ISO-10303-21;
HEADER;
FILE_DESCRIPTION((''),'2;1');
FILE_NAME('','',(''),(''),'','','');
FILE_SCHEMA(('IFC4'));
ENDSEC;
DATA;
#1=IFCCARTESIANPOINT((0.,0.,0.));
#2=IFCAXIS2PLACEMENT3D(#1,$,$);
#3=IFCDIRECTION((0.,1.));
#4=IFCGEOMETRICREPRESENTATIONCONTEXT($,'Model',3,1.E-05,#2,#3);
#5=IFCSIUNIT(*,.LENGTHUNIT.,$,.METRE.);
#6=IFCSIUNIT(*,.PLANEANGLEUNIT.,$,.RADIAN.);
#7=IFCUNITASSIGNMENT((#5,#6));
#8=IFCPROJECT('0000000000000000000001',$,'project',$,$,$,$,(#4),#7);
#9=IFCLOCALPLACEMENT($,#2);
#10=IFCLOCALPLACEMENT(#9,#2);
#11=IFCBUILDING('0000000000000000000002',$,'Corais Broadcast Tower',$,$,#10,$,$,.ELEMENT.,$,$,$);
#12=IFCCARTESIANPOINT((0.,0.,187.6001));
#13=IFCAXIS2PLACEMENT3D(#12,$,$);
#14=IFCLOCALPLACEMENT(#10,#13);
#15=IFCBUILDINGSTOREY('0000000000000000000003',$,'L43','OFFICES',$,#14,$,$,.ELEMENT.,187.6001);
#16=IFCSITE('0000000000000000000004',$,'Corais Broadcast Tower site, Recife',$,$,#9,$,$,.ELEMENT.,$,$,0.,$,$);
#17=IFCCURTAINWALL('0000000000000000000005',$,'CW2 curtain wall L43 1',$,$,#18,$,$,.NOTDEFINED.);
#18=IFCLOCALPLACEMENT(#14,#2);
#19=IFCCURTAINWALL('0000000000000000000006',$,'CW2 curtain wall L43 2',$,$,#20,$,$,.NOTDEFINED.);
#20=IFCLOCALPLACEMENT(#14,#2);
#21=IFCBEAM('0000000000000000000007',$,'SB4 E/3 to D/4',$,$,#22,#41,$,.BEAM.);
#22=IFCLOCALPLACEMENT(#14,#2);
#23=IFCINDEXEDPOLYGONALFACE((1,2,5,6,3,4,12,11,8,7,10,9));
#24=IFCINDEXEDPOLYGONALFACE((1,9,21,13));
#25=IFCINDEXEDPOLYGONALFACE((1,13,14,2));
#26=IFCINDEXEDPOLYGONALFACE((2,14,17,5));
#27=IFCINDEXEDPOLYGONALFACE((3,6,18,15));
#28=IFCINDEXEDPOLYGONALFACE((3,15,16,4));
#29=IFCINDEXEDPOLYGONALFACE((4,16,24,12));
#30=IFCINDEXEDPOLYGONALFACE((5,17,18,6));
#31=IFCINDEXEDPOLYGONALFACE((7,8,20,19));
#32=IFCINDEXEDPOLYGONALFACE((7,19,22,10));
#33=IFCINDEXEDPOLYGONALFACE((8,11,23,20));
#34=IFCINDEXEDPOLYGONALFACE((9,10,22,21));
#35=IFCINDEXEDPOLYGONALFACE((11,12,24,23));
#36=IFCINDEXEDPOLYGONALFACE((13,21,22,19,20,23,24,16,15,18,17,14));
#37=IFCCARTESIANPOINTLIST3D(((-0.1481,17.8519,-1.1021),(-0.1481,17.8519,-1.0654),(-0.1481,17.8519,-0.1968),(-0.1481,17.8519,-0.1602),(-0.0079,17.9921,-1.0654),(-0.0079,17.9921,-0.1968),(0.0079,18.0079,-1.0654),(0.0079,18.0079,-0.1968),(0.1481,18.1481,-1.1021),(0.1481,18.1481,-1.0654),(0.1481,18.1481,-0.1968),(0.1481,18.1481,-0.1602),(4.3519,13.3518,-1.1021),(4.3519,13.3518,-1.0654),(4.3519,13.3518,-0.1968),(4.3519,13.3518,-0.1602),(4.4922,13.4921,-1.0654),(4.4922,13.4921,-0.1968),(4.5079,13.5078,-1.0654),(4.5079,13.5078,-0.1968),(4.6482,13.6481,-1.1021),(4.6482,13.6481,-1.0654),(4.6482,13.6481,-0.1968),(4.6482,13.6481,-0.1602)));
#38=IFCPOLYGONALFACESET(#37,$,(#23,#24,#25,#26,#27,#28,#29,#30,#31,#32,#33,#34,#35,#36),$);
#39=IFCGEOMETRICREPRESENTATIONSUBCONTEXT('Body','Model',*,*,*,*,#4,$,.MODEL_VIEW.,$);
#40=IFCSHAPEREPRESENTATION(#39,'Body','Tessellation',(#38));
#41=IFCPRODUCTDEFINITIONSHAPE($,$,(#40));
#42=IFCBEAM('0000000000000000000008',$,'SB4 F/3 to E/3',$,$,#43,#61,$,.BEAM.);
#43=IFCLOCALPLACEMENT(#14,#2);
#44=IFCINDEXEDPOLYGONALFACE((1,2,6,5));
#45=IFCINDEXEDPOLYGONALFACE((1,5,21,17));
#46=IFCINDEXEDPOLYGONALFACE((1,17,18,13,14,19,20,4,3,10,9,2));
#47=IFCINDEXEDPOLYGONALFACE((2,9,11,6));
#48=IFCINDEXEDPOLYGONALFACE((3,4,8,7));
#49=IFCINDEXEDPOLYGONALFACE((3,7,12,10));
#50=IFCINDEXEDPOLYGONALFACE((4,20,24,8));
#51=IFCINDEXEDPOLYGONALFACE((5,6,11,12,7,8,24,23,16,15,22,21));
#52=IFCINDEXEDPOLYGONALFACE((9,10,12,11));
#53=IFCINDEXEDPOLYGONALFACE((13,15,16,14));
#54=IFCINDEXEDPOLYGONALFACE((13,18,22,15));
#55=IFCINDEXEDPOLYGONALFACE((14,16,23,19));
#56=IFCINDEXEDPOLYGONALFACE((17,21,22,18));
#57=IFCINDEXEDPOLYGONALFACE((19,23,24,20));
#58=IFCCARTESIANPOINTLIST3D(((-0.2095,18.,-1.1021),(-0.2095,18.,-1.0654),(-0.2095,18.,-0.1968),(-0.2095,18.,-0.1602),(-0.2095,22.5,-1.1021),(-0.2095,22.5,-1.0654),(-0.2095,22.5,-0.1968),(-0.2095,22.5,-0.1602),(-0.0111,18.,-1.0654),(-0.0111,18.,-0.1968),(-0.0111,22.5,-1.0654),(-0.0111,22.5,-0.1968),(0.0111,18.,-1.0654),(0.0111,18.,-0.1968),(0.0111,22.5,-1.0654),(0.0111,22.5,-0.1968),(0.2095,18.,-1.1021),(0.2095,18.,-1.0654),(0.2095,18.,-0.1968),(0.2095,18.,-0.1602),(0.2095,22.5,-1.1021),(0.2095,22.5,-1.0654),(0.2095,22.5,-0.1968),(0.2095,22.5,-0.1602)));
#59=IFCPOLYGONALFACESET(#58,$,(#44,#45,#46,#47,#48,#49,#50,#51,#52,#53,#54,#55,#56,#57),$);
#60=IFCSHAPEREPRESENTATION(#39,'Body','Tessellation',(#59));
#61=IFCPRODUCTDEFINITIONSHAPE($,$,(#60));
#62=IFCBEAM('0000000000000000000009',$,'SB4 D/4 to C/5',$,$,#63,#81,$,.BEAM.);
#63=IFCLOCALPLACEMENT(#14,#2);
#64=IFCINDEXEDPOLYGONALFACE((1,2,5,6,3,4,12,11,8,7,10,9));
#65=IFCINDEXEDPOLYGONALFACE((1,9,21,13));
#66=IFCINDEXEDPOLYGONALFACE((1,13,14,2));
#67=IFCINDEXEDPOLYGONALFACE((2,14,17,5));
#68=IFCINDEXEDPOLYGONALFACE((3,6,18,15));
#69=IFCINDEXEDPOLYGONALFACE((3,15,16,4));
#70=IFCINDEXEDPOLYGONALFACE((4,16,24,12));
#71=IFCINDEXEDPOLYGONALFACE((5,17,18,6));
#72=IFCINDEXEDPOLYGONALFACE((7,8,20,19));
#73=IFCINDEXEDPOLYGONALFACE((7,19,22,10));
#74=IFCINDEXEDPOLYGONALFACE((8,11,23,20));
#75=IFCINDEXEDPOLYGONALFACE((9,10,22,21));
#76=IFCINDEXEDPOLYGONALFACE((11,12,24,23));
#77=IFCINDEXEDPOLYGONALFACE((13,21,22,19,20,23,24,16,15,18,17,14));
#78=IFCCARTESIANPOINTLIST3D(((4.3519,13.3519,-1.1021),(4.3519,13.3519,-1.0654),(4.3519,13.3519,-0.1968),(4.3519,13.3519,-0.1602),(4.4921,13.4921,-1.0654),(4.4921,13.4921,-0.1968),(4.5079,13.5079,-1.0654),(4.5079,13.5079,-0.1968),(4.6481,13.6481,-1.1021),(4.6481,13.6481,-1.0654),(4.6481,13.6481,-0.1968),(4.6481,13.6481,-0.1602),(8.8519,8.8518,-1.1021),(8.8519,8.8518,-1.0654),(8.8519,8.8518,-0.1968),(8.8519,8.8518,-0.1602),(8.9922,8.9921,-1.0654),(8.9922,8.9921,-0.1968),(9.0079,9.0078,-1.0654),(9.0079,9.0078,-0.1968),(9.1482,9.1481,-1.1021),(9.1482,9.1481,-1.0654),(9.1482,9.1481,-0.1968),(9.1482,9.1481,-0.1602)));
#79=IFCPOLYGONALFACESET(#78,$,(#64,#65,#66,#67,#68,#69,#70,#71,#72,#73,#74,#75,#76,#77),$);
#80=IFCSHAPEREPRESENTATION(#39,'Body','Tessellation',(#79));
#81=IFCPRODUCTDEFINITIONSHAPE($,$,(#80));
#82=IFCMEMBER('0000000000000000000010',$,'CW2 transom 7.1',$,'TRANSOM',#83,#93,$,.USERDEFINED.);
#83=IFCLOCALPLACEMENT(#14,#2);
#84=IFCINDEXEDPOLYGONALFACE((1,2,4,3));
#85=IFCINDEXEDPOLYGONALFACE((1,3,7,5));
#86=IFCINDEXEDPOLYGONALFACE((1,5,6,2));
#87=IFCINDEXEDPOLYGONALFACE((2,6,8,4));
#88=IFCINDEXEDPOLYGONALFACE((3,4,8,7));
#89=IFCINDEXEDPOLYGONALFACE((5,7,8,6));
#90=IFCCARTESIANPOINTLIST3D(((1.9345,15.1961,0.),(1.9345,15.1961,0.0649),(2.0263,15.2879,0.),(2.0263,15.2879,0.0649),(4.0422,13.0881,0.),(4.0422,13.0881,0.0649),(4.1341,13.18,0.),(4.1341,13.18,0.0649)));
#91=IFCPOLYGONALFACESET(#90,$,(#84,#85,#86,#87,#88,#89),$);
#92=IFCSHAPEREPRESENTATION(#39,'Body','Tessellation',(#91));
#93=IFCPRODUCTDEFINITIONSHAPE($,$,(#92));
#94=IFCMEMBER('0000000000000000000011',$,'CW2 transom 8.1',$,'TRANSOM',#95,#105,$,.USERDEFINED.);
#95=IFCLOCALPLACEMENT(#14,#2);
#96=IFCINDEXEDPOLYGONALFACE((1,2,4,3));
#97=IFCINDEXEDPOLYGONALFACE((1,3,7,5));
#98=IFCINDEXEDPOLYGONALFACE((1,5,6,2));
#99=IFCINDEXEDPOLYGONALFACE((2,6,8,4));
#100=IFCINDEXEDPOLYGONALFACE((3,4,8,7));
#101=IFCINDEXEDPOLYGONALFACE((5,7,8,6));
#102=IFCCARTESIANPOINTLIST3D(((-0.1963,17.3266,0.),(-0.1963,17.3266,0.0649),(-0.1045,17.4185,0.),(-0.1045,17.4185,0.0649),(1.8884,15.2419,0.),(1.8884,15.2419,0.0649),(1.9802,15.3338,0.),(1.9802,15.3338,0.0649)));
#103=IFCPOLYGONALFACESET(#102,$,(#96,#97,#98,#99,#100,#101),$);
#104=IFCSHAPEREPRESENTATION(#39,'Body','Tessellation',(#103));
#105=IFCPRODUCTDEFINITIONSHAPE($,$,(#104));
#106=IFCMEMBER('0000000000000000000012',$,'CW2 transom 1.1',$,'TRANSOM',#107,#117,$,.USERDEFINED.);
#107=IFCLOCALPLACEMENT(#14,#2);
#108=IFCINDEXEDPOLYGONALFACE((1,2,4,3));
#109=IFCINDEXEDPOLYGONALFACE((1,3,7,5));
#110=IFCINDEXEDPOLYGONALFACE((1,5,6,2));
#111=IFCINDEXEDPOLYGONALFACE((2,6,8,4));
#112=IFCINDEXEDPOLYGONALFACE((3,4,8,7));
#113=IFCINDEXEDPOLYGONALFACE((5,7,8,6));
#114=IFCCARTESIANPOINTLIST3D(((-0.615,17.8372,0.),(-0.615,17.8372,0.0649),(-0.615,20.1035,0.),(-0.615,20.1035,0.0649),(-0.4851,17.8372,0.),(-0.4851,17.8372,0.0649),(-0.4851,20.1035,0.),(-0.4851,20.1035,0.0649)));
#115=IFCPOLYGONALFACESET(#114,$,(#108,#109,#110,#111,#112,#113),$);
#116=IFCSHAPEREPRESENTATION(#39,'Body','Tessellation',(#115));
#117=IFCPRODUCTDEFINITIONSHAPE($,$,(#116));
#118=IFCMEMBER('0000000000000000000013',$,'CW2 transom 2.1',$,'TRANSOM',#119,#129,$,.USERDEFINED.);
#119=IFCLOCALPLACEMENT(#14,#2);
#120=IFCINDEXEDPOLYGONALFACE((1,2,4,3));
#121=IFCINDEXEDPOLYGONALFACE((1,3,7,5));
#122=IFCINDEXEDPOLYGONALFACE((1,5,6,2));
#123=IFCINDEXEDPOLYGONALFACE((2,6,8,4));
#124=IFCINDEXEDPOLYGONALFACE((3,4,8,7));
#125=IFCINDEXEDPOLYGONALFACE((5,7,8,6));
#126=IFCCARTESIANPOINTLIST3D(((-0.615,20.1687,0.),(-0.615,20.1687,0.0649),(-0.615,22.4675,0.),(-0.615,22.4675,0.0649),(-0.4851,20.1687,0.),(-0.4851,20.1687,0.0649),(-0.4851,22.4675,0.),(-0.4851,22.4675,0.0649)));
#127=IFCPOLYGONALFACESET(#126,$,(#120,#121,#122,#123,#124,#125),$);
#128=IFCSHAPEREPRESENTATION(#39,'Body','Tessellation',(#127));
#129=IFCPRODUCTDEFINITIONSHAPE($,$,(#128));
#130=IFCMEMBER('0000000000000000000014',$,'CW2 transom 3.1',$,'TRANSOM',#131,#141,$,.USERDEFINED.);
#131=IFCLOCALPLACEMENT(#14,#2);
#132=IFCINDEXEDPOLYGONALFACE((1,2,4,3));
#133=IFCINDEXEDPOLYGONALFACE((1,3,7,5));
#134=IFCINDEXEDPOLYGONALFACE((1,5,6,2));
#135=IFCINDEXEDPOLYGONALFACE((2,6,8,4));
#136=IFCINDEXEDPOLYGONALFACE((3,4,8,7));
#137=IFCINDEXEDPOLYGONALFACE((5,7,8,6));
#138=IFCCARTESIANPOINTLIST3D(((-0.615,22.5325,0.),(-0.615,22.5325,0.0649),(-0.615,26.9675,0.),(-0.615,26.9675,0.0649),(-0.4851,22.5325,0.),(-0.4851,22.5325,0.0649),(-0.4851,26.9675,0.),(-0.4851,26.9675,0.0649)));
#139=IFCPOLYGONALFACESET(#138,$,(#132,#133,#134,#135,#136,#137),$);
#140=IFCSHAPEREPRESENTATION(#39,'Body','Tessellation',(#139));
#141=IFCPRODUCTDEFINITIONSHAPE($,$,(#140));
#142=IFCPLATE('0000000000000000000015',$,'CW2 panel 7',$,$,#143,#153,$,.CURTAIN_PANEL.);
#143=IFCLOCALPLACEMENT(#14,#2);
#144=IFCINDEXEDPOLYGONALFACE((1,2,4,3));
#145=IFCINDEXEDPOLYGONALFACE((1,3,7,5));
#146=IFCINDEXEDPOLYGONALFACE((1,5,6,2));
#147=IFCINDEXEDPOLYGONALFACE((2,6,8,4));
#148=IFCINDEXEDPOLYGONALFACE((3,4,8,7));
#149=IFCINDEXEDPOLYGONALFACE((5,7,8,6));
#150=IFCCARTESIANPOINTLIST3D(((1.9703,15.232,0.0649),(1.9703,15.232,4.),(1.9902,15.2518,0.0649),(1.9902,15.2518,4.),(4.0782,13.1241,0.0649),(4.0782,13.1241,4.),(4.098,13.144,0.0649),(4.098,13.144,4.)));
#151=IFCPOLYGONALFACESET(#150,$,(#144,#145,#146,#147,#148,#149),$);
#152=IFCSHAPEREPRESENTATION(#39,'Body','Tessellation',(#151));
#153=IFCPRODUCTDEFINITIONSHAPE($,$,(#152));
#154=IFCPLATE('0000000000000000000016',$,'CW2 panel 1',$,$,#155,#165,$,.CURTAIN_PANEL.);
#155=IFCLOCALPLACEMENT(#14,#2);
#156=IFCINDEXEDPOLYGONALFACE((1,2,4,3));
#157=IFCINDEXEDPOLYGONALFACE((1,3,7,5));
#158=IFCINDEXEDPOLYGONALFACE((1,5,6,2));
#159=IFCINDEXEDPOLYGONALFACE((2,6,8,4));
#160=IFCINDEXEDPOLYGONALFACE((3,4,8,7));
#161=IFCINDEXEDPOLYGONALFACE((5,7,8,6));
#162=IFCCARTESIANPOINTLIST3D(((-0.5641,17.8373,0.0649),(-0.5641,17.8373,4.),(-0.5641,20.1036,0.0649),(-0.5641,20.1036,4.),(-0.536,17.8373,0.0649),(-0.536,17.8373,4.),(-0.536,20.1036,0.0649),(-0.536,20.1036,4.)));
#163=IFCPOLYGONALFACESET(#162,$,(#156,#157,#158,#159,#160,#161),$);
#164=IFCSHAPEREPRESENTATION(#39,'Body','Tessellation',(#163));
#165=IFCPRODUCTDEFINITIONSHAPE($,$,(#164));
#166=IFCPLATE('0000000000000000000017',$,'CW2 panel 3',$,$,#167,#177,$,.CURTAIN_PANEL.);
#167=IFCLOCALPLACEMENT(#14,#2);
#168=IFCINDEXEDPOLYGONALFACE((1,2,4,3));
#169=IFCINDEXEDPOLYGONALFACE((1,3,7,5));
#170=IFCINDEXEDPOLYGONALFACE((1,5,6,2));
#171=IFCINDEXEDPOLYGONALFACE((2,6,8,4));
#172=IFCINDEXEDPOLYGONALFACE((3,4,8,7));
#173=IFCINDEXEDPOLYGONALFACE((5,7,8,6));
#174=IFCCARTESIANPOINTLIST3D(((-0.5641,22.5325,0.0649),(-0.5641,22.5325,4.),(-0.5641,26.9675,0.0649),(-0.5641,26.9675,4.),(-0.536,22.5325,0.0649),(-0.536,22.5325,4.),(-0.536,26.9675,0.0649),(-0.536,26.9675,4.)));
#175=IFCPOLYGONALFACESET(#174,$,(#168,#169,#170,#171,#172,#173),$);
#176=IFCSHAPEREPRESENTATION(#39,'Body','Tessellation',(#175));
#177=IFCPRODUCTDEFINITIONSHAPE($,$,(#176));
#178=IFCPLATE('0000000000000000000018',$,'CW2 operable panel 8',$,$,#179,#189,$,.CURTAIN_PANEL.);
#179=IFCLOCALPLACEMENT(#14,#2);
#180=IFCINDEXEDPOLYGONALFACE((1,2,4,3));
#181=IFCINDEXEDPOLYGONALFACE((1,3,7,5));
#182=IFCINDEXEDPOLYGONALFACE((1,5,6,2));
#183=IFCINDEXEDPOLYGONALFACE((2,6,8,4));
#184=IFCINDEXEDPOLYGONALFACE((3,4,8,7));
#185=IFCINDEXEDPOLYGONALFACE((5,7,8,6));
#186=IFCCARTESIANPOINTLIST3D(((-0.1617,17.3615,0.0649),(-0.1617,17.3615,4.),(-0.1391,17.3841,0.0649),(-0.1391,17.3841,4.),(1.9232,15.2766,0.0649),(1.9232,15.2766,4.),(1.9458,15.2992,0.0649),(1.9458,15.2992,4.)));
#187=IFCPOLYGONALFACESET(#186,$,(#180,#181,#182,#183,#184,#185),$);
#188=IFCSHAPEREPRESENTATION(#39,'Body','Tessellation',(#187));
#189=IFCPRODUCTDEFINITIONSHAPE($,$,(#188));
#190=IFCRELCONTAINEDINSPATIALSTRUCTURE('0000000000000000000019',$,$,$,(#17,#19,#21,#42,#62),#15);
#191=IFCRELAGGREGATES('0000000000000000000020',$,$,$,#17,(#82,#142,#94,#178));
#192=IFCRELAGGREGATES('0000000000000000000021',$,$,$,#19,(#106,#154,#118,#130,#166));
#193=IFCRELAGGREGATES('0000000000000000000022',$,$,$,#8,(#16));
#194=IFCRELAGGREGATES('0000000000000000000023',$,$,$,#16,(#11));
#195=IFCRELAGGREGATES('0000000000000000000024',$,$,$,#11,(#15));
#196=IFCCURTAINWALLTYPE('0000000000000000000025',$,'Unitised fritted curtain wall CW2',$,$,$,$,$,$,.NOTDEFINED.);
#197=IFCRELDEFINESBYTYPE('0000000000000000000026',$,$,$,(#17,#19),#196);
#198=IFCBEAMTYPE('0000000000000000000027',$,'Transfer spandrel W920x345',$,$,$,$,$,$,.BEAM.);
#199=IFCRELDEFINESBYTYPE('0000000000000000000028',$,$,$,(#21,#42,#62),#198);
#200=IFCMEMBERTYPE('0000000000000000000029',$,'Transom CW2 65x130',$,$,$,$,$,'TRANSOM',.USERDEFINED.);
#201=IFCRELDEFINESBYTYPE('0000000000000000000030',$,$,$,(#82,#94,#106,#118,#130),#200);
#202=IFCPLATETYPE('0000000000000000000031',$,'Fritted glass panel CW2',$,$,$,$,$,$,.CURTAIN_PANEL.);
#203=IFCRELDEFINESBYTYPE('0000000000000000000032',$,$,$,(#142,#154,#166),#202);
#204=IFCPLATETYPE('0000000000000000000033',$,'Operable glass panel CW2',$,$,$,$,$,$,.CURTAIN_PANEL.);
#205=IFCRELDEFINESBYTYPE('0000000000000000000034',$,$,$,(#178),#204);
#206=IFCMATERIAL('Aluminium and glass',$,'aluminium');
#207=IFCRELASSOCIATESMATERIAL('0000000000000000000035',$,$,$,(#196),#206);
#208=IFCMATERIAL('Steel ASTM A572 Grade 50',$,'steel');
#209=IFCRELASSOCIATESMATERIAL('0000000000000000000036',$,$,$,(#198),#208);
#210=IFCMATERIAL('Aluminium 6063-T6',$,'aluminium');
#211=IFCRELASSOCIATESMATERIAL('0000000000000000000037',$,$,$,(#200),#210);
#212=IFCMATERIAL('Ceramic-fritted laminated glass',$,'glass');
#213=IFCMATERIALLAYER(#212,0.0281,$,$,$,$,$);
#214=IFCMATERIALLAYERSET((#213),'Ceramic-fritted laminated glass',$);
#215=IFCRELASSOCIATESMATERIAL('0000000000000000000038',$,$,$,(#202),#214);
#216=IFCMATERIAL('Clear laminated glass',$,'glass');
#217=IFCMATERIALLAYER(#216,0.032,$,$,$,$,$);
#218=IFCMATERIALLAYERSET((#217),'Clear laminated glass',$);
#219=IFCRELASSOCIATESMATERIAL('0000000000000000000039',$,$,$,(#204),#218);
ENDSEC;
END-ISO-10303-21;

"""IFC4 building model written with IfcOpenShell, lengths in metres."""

from ifc_helpers import new_model, si_unit, direction, frame, origin, origin_2d, place, context, subcontext, project, spatial, rectangle, i_section, extrude, material, layer, layer_set, material_profile, profile_set, type_object, element, aggregate, save


model = new_model("IFC4")

# Units and contexts
model_context = context("Model", 3, precision=1e-05, world=origin(), true_north=direction((0.0, 1.0)))
body_context = subcontext(model_context, "Body", "Model", "MODEL_VIEW")
ifc_project = project(units=[si_unit("LENGTHUNIT", "METRE"), si_unit("PLANEANGLEUNIT", "RADIAN")], contexts=[model_context])

# Site, building, storey
site_placement = place(None, origin())
site = spatial("IfcSite", under=ifc_project, at=site_placement, Name="Corais Broadcast Tower site, Recife", CompositionType="ELEMENT", RefElevation=0.0)
building_placement = place(site_placement, origin())
building = spatial("IfcBuilding", under=site, at=building_placement, Name="Corais Broadcast Tower", CompositionType="ELEMENT")
storey_placement = place(building_placement, frame((0.0, 0.0, 187.6001)))
storey = spatial("IfcBuildingStorey", under=building, at=storey_placement, Name="L43", Description="OFFICES", CompositionType="ELEMENT", Elevation=187.6001)

# Curtain walls
ifc_material_1 = material(Name="Aluminium and glass", Category="aluminium")
curtain_wall_type = type_object("IfcCurtainWallType", Name="Unitised fritted curtain wall CW2", PredefinedType="NOTDEFINED", material=ifc_material_1)
curtain_wall_1_placement = place(storey_placement, origin())
curtain_wall_1 = element("IfcCurtainWall", 1, at=curtain_wall_1_placement, inside=storey, type_object=curtain_wall_type, Name="CW2 curtain wall L43 1", PredefinedType="NOTDEFINED")
curtain_wall_2_placement = place(storey_placement, origin())
curtain_wall_2 = element("IfcCurtainWall", 2, at=curtain_wall_2_placement, inside=storey, type_object=curtain_wall_type, Name="CW2 curtain wall L43 2", PredefinedType="NOTDEFINED")

# Beams
ifc_material_2 = material(Name="Steel ASTM A572 Grade 50", Category="steel")
ifc_material_profile_1 = material_profile(ifc_material_2, i_section(OverallWidth=0.4189, OverallDepth=0.9419, WebThickness=0.0222, FlangeThickness=0.0366, at=origin_2d()), Name="W920x345")
ifc_profile_set_1 = profile_set([ifc_material_profile_1], Name="Steel ASTM A572 Grade 50")
beam_type_1 = type_object("IfcBeamType", Name="Transfer spandrel W920x345", PredefinedType="BEAM", material=ifc_profile_set_1)
beam_1_placement = place(storey_placement, frame((0.0, 18.0, -0.6311), z_axis=(0.707107, -0.707107, 0.0), x_axis=(0.707107, 0.707107, 0.0)))
element("IfcBeam", 3, at=beam_1_placement, inside=storey, type_object=beam_type_1, Name="SB4 E/3 to D/4", PredefinedType="BEAM", context=body_context, shape_type="SweptSolid", body=[
    extrude(i_section(OverallWidth=0.4189, OverallDepth=0.9419, WebThickness=0.0222, FlangeThickness=0.0366, at=origin_2d()), origin(), (0.0, 0.0, 1.0), 6.364),
])
beam_2_placement = place(storey_placement, frame((0.0, 22.5, -0.6311), z_axis=(0.0, -1.0, 0.0), x_axis=(1.0, 0.0, 0.0)))
element("IfcBeam", 4, at=beam_2_placement, inside=storey, type_object=beam_type_1, Name="SB4 F/3 to E/3", PredefinedType="BEAM", context=body_context, shape_type="SweptSolid", body=[
    extrude(i_section(OverallWidth=0.4189, OverallDepth=0.9419, WebThickness=0.0222, FlangeThickness=0.0366, at=origin_2d()), origin(), (0.0, 0.0, 1.0), 4.5),
])
beam_3_placement = place(storey_placement, frame((4.5, 13.5, -0.6311), z_axis=(0.707107, -0.707107, 0.0), x_axis=(0.707107, 0.707107, 0.0)))
element("IfcBeam", 5, at=beam_3_placement, inside=storey, type_object=beam_type_1, Name="SB4 D/4 to C/5", PredefinedType="BEAM", context=body_context, shape_type="SweptSolid", body=[
    extrude(i_section(OverallWidth=0.4189, OverallDepth=0.9419, WebThickness=0.0222, FlangeThickness=0.0366, at=origin_2d()), origin(), (0.0, 0.0, 1.0), 6.364),
])

# Members
ifc_material_3 = material(Name="Aluminium 6063-T6", Category="aluminium")
ifc_material_profile_2 = material_profile(ifc_material_3, rectangle(XDim=0.1299, YDim=0.0649, at=origin_2d()), Name="Transom CW2 65x130")
ifc_profile_set_2 = profile_set([ifc_material_profile_2], Name="Aluminium 6063-T6")
member_type_1 = type_object("IfcMemberType", Name="Transom CW2 65x130", ElementType="TRANSOM", PredefinedType="USERDEFINED", material=ifc_profile_set_2)
member_1_placement = place(storey_placement, frame((4.0881, 13.134, 0.0325), z_axis=(-0.707066, 0.707148, 0.0), x_axis=(-0.707148, -0.707066, 0.0)))
member_1 = element("IfcMember", 6, at=member_1_placement, type_object=member_type_1, Name="CW2 transom 7.1", ObjectType="TRANSOM", PredefinedType="USERDEFINED", context=body_context, shape_type="SweptSolid", body=[
    extrude(rectangle(XDim=0.1299, YDim=0.0649, at=origin_2d()), origin(), (0.0, 0.0, 1.0), 2.981),
])
member_2_placement = place(storey_placement, frame((1.9343, 15.2878, 0.0325), z_axis=(-0.707107, 0.707107, 0.0), x_axis=(-0.707107, -0.707107, 0.0)))
member_2 = element("IfcMember", 7, at=member_2_placement, type_object=member_type_1, Name="CW2 transom 8.1", ObjectType="TRANSOM", PredefinedType="USERDEFINED", context=body_context, shape_type="SweptSolid", body=[
    extrude(rectangle(XDim=0.1299, YDim=0.0649, at=origin_2d()), origin(), (0.0, 0.0, 1.0), 2.9482),
])
member_3_placement = place(storey_placement, frame((-0.55, 17.8372, 0.0325), z_axis=(0.0, 1.0, 0.0), x_axis=(-1.0, 0.0, 0.0)))
member_3 = element("IfcMember", 8, at=member_3_placement, type_object=member_type_1, Name="CW2 transom 1.1", ObjectType="TRANSOM", PredefinedType="USERDEFINED", context=body_context, shape_type="SweptSolid", body=[
    extrude(rectangle(XDim=0.1299, YDim=0.0649, at=origin_2d()), origin(), (0.0, 0.0, 1.0), 2.2664),
])
member_4_placement = place(storey_placement, frame((-0.55, 20.1687, 0.0325), z_axis=(0.0, 1.0, 0.0), x_axis=(-1.0, 0.0, 0.0)))
member_4 = element("IfcMember", 9, at=member_4_placement, type_object=member_type_1, Name="CW2 transom 2.1", ObjectType="TRANSOM", PredefinedType="USERDEFINED", context=body_context, shape_type="SweptSolid", body=[
    extrude(rectangle(XDim=0.1299, YDim=0.0649, at=origin_2d()), origin(), (0.0, 0.0, 1.0), 2.2988),
])
member_5_placement = place(storey_placement, frame((-0.55, 22.5325, 0.0325), z_axis=(0.0, 1.0, 0.0), x_axis=(-1.0, 0.0, 0.0)))
member_5 = element("IfcMember", 10, at=member_5_placement, type_object=member_type_1, Name="CW2 transom 3.1", ObjectType="TRANSOM", PredefinedType="USERDEFINED", context=body_context, shape_type="SweptSolid", body=[
    extrude(rectangle(XDim=0.1299, YDim=0.0649, at=origin_2d()), origin(), (0.0, 0.0, 1.0), 4.4351),
])

# Plates
ifc_material_4 = material(Name="Ceramic-fritted laminated glass", Category="glass")
ifc_layer_1 = layer(ifc_material_4, 0.0281)
ifc_layer_set_1 = layer_set([ifc_layer_1], Name="Ceramic-fritted laminated glass")
plate_type_1 = type_object("IfcPlateType", Name="Fritted glass panel CW2", PredefinedType="CURTAIN_PANEL", material=ifc_layer_set_1)
plate_1_placement = place(storey_placement, frame((3.0342, 14.188, 0.0649), z_axis=(0.0, 0.0, 1.0), x_axis=(-0.707107, 0.707107, 0.0)))
plate_1 = element("IfcPlate", 11, at=plate_1_placement, type_object=plate_type_1, Name="CW2 panel 7", PredefinedType="CURTAIN_PANEL", context=body_context, shape_type="SweptSolid", body=[
    extrude(rectangle(XDim=2.981, YDim=0.0281, at=origin_2d()), origin(), (0.0, 0.0, 1.0), 3.9351),
])
plate_2_placement = place(storey_placement, frame((-0.55, 18.9705, 0.0649), z_axis=(0.0, 0.0, 1.0), x_axis=(0.0, 1.0, 0.0)))
plate_2 = element("IfcPlate", 12, at=plate_2_placement, type_object=plate_type_1, Name="CW2 panel 1", PredefinedType="CURTAIN_PANEL", context=body_context, shape_type="SweptSolid", body=[
    extrude(rectangle(XDim=2.2664, YDim=0.0281, at=origin_2d()), origin(), (0.0, 0.0, 1.0), 3.9351),
])
plate_3_placement = place(storey_placement, frame((-0.55, 24.75, 0.0649), z_axis=(0.0, 0.0, 1.0), x_axis=(0.0, 1.0, 0.0)))
plate_3 = element("IfcPlate", 13, at=plate_3_placement, type_object=plate_type_1, Name="CW2 panel 3", PredefinedType="CURTAIN_PANEL", context=body_context, shape_type="SweptSolid", body=[
    extrude(rectangle(XDim=4.4351, YDim=0.0281, at=origin_2d()), origin(), (0.0, 0.0, 1.0), 3.9351),
])
ifc_material_5 = material(Name="Clear laminated glass", Category="glass")
ifc_layer_2 = layer(ifc_material_5, 0.032)
ifc_layer_set_2 = layer_set([ifc_layer_2], Name="Clear laminated glass")
plate_type_2 = type_object("IfcPlateType", Name="Operable glass panel CW2", PredefinedType="CURTAIN_PANEL", material=ifc_layer_set_2)
plate_4_placement = place(storey_placement, frame((0.8921, 16.3303, 0.0649), z_axis=(0.0, 0.0, 1.0), x_axis=(-0.707107, 0.707107, 0.0)))
plate_4 = element("IfcPlate", 14, at=plate_4_placement, type_object=plate_type_2, Name="CW2 operable panel 8", PredefinedType="CURTAIN_PANEL", context=body_context, shape_type="SweptSolid", body=[
    extrude(rectangle(XDim=2.9485, YDim=0.032, at=origin_2d()), origin(), (0.0, 0.0, 1.0), 3.9351),
])
aggregate(curtain_wall_1, [member_1, plate_1, member_2, plate_4])
aggregate(curtain_wall_2, [member_3, plate_2, member_4, member_5, plate_3])

save(model, "model.ifc")
